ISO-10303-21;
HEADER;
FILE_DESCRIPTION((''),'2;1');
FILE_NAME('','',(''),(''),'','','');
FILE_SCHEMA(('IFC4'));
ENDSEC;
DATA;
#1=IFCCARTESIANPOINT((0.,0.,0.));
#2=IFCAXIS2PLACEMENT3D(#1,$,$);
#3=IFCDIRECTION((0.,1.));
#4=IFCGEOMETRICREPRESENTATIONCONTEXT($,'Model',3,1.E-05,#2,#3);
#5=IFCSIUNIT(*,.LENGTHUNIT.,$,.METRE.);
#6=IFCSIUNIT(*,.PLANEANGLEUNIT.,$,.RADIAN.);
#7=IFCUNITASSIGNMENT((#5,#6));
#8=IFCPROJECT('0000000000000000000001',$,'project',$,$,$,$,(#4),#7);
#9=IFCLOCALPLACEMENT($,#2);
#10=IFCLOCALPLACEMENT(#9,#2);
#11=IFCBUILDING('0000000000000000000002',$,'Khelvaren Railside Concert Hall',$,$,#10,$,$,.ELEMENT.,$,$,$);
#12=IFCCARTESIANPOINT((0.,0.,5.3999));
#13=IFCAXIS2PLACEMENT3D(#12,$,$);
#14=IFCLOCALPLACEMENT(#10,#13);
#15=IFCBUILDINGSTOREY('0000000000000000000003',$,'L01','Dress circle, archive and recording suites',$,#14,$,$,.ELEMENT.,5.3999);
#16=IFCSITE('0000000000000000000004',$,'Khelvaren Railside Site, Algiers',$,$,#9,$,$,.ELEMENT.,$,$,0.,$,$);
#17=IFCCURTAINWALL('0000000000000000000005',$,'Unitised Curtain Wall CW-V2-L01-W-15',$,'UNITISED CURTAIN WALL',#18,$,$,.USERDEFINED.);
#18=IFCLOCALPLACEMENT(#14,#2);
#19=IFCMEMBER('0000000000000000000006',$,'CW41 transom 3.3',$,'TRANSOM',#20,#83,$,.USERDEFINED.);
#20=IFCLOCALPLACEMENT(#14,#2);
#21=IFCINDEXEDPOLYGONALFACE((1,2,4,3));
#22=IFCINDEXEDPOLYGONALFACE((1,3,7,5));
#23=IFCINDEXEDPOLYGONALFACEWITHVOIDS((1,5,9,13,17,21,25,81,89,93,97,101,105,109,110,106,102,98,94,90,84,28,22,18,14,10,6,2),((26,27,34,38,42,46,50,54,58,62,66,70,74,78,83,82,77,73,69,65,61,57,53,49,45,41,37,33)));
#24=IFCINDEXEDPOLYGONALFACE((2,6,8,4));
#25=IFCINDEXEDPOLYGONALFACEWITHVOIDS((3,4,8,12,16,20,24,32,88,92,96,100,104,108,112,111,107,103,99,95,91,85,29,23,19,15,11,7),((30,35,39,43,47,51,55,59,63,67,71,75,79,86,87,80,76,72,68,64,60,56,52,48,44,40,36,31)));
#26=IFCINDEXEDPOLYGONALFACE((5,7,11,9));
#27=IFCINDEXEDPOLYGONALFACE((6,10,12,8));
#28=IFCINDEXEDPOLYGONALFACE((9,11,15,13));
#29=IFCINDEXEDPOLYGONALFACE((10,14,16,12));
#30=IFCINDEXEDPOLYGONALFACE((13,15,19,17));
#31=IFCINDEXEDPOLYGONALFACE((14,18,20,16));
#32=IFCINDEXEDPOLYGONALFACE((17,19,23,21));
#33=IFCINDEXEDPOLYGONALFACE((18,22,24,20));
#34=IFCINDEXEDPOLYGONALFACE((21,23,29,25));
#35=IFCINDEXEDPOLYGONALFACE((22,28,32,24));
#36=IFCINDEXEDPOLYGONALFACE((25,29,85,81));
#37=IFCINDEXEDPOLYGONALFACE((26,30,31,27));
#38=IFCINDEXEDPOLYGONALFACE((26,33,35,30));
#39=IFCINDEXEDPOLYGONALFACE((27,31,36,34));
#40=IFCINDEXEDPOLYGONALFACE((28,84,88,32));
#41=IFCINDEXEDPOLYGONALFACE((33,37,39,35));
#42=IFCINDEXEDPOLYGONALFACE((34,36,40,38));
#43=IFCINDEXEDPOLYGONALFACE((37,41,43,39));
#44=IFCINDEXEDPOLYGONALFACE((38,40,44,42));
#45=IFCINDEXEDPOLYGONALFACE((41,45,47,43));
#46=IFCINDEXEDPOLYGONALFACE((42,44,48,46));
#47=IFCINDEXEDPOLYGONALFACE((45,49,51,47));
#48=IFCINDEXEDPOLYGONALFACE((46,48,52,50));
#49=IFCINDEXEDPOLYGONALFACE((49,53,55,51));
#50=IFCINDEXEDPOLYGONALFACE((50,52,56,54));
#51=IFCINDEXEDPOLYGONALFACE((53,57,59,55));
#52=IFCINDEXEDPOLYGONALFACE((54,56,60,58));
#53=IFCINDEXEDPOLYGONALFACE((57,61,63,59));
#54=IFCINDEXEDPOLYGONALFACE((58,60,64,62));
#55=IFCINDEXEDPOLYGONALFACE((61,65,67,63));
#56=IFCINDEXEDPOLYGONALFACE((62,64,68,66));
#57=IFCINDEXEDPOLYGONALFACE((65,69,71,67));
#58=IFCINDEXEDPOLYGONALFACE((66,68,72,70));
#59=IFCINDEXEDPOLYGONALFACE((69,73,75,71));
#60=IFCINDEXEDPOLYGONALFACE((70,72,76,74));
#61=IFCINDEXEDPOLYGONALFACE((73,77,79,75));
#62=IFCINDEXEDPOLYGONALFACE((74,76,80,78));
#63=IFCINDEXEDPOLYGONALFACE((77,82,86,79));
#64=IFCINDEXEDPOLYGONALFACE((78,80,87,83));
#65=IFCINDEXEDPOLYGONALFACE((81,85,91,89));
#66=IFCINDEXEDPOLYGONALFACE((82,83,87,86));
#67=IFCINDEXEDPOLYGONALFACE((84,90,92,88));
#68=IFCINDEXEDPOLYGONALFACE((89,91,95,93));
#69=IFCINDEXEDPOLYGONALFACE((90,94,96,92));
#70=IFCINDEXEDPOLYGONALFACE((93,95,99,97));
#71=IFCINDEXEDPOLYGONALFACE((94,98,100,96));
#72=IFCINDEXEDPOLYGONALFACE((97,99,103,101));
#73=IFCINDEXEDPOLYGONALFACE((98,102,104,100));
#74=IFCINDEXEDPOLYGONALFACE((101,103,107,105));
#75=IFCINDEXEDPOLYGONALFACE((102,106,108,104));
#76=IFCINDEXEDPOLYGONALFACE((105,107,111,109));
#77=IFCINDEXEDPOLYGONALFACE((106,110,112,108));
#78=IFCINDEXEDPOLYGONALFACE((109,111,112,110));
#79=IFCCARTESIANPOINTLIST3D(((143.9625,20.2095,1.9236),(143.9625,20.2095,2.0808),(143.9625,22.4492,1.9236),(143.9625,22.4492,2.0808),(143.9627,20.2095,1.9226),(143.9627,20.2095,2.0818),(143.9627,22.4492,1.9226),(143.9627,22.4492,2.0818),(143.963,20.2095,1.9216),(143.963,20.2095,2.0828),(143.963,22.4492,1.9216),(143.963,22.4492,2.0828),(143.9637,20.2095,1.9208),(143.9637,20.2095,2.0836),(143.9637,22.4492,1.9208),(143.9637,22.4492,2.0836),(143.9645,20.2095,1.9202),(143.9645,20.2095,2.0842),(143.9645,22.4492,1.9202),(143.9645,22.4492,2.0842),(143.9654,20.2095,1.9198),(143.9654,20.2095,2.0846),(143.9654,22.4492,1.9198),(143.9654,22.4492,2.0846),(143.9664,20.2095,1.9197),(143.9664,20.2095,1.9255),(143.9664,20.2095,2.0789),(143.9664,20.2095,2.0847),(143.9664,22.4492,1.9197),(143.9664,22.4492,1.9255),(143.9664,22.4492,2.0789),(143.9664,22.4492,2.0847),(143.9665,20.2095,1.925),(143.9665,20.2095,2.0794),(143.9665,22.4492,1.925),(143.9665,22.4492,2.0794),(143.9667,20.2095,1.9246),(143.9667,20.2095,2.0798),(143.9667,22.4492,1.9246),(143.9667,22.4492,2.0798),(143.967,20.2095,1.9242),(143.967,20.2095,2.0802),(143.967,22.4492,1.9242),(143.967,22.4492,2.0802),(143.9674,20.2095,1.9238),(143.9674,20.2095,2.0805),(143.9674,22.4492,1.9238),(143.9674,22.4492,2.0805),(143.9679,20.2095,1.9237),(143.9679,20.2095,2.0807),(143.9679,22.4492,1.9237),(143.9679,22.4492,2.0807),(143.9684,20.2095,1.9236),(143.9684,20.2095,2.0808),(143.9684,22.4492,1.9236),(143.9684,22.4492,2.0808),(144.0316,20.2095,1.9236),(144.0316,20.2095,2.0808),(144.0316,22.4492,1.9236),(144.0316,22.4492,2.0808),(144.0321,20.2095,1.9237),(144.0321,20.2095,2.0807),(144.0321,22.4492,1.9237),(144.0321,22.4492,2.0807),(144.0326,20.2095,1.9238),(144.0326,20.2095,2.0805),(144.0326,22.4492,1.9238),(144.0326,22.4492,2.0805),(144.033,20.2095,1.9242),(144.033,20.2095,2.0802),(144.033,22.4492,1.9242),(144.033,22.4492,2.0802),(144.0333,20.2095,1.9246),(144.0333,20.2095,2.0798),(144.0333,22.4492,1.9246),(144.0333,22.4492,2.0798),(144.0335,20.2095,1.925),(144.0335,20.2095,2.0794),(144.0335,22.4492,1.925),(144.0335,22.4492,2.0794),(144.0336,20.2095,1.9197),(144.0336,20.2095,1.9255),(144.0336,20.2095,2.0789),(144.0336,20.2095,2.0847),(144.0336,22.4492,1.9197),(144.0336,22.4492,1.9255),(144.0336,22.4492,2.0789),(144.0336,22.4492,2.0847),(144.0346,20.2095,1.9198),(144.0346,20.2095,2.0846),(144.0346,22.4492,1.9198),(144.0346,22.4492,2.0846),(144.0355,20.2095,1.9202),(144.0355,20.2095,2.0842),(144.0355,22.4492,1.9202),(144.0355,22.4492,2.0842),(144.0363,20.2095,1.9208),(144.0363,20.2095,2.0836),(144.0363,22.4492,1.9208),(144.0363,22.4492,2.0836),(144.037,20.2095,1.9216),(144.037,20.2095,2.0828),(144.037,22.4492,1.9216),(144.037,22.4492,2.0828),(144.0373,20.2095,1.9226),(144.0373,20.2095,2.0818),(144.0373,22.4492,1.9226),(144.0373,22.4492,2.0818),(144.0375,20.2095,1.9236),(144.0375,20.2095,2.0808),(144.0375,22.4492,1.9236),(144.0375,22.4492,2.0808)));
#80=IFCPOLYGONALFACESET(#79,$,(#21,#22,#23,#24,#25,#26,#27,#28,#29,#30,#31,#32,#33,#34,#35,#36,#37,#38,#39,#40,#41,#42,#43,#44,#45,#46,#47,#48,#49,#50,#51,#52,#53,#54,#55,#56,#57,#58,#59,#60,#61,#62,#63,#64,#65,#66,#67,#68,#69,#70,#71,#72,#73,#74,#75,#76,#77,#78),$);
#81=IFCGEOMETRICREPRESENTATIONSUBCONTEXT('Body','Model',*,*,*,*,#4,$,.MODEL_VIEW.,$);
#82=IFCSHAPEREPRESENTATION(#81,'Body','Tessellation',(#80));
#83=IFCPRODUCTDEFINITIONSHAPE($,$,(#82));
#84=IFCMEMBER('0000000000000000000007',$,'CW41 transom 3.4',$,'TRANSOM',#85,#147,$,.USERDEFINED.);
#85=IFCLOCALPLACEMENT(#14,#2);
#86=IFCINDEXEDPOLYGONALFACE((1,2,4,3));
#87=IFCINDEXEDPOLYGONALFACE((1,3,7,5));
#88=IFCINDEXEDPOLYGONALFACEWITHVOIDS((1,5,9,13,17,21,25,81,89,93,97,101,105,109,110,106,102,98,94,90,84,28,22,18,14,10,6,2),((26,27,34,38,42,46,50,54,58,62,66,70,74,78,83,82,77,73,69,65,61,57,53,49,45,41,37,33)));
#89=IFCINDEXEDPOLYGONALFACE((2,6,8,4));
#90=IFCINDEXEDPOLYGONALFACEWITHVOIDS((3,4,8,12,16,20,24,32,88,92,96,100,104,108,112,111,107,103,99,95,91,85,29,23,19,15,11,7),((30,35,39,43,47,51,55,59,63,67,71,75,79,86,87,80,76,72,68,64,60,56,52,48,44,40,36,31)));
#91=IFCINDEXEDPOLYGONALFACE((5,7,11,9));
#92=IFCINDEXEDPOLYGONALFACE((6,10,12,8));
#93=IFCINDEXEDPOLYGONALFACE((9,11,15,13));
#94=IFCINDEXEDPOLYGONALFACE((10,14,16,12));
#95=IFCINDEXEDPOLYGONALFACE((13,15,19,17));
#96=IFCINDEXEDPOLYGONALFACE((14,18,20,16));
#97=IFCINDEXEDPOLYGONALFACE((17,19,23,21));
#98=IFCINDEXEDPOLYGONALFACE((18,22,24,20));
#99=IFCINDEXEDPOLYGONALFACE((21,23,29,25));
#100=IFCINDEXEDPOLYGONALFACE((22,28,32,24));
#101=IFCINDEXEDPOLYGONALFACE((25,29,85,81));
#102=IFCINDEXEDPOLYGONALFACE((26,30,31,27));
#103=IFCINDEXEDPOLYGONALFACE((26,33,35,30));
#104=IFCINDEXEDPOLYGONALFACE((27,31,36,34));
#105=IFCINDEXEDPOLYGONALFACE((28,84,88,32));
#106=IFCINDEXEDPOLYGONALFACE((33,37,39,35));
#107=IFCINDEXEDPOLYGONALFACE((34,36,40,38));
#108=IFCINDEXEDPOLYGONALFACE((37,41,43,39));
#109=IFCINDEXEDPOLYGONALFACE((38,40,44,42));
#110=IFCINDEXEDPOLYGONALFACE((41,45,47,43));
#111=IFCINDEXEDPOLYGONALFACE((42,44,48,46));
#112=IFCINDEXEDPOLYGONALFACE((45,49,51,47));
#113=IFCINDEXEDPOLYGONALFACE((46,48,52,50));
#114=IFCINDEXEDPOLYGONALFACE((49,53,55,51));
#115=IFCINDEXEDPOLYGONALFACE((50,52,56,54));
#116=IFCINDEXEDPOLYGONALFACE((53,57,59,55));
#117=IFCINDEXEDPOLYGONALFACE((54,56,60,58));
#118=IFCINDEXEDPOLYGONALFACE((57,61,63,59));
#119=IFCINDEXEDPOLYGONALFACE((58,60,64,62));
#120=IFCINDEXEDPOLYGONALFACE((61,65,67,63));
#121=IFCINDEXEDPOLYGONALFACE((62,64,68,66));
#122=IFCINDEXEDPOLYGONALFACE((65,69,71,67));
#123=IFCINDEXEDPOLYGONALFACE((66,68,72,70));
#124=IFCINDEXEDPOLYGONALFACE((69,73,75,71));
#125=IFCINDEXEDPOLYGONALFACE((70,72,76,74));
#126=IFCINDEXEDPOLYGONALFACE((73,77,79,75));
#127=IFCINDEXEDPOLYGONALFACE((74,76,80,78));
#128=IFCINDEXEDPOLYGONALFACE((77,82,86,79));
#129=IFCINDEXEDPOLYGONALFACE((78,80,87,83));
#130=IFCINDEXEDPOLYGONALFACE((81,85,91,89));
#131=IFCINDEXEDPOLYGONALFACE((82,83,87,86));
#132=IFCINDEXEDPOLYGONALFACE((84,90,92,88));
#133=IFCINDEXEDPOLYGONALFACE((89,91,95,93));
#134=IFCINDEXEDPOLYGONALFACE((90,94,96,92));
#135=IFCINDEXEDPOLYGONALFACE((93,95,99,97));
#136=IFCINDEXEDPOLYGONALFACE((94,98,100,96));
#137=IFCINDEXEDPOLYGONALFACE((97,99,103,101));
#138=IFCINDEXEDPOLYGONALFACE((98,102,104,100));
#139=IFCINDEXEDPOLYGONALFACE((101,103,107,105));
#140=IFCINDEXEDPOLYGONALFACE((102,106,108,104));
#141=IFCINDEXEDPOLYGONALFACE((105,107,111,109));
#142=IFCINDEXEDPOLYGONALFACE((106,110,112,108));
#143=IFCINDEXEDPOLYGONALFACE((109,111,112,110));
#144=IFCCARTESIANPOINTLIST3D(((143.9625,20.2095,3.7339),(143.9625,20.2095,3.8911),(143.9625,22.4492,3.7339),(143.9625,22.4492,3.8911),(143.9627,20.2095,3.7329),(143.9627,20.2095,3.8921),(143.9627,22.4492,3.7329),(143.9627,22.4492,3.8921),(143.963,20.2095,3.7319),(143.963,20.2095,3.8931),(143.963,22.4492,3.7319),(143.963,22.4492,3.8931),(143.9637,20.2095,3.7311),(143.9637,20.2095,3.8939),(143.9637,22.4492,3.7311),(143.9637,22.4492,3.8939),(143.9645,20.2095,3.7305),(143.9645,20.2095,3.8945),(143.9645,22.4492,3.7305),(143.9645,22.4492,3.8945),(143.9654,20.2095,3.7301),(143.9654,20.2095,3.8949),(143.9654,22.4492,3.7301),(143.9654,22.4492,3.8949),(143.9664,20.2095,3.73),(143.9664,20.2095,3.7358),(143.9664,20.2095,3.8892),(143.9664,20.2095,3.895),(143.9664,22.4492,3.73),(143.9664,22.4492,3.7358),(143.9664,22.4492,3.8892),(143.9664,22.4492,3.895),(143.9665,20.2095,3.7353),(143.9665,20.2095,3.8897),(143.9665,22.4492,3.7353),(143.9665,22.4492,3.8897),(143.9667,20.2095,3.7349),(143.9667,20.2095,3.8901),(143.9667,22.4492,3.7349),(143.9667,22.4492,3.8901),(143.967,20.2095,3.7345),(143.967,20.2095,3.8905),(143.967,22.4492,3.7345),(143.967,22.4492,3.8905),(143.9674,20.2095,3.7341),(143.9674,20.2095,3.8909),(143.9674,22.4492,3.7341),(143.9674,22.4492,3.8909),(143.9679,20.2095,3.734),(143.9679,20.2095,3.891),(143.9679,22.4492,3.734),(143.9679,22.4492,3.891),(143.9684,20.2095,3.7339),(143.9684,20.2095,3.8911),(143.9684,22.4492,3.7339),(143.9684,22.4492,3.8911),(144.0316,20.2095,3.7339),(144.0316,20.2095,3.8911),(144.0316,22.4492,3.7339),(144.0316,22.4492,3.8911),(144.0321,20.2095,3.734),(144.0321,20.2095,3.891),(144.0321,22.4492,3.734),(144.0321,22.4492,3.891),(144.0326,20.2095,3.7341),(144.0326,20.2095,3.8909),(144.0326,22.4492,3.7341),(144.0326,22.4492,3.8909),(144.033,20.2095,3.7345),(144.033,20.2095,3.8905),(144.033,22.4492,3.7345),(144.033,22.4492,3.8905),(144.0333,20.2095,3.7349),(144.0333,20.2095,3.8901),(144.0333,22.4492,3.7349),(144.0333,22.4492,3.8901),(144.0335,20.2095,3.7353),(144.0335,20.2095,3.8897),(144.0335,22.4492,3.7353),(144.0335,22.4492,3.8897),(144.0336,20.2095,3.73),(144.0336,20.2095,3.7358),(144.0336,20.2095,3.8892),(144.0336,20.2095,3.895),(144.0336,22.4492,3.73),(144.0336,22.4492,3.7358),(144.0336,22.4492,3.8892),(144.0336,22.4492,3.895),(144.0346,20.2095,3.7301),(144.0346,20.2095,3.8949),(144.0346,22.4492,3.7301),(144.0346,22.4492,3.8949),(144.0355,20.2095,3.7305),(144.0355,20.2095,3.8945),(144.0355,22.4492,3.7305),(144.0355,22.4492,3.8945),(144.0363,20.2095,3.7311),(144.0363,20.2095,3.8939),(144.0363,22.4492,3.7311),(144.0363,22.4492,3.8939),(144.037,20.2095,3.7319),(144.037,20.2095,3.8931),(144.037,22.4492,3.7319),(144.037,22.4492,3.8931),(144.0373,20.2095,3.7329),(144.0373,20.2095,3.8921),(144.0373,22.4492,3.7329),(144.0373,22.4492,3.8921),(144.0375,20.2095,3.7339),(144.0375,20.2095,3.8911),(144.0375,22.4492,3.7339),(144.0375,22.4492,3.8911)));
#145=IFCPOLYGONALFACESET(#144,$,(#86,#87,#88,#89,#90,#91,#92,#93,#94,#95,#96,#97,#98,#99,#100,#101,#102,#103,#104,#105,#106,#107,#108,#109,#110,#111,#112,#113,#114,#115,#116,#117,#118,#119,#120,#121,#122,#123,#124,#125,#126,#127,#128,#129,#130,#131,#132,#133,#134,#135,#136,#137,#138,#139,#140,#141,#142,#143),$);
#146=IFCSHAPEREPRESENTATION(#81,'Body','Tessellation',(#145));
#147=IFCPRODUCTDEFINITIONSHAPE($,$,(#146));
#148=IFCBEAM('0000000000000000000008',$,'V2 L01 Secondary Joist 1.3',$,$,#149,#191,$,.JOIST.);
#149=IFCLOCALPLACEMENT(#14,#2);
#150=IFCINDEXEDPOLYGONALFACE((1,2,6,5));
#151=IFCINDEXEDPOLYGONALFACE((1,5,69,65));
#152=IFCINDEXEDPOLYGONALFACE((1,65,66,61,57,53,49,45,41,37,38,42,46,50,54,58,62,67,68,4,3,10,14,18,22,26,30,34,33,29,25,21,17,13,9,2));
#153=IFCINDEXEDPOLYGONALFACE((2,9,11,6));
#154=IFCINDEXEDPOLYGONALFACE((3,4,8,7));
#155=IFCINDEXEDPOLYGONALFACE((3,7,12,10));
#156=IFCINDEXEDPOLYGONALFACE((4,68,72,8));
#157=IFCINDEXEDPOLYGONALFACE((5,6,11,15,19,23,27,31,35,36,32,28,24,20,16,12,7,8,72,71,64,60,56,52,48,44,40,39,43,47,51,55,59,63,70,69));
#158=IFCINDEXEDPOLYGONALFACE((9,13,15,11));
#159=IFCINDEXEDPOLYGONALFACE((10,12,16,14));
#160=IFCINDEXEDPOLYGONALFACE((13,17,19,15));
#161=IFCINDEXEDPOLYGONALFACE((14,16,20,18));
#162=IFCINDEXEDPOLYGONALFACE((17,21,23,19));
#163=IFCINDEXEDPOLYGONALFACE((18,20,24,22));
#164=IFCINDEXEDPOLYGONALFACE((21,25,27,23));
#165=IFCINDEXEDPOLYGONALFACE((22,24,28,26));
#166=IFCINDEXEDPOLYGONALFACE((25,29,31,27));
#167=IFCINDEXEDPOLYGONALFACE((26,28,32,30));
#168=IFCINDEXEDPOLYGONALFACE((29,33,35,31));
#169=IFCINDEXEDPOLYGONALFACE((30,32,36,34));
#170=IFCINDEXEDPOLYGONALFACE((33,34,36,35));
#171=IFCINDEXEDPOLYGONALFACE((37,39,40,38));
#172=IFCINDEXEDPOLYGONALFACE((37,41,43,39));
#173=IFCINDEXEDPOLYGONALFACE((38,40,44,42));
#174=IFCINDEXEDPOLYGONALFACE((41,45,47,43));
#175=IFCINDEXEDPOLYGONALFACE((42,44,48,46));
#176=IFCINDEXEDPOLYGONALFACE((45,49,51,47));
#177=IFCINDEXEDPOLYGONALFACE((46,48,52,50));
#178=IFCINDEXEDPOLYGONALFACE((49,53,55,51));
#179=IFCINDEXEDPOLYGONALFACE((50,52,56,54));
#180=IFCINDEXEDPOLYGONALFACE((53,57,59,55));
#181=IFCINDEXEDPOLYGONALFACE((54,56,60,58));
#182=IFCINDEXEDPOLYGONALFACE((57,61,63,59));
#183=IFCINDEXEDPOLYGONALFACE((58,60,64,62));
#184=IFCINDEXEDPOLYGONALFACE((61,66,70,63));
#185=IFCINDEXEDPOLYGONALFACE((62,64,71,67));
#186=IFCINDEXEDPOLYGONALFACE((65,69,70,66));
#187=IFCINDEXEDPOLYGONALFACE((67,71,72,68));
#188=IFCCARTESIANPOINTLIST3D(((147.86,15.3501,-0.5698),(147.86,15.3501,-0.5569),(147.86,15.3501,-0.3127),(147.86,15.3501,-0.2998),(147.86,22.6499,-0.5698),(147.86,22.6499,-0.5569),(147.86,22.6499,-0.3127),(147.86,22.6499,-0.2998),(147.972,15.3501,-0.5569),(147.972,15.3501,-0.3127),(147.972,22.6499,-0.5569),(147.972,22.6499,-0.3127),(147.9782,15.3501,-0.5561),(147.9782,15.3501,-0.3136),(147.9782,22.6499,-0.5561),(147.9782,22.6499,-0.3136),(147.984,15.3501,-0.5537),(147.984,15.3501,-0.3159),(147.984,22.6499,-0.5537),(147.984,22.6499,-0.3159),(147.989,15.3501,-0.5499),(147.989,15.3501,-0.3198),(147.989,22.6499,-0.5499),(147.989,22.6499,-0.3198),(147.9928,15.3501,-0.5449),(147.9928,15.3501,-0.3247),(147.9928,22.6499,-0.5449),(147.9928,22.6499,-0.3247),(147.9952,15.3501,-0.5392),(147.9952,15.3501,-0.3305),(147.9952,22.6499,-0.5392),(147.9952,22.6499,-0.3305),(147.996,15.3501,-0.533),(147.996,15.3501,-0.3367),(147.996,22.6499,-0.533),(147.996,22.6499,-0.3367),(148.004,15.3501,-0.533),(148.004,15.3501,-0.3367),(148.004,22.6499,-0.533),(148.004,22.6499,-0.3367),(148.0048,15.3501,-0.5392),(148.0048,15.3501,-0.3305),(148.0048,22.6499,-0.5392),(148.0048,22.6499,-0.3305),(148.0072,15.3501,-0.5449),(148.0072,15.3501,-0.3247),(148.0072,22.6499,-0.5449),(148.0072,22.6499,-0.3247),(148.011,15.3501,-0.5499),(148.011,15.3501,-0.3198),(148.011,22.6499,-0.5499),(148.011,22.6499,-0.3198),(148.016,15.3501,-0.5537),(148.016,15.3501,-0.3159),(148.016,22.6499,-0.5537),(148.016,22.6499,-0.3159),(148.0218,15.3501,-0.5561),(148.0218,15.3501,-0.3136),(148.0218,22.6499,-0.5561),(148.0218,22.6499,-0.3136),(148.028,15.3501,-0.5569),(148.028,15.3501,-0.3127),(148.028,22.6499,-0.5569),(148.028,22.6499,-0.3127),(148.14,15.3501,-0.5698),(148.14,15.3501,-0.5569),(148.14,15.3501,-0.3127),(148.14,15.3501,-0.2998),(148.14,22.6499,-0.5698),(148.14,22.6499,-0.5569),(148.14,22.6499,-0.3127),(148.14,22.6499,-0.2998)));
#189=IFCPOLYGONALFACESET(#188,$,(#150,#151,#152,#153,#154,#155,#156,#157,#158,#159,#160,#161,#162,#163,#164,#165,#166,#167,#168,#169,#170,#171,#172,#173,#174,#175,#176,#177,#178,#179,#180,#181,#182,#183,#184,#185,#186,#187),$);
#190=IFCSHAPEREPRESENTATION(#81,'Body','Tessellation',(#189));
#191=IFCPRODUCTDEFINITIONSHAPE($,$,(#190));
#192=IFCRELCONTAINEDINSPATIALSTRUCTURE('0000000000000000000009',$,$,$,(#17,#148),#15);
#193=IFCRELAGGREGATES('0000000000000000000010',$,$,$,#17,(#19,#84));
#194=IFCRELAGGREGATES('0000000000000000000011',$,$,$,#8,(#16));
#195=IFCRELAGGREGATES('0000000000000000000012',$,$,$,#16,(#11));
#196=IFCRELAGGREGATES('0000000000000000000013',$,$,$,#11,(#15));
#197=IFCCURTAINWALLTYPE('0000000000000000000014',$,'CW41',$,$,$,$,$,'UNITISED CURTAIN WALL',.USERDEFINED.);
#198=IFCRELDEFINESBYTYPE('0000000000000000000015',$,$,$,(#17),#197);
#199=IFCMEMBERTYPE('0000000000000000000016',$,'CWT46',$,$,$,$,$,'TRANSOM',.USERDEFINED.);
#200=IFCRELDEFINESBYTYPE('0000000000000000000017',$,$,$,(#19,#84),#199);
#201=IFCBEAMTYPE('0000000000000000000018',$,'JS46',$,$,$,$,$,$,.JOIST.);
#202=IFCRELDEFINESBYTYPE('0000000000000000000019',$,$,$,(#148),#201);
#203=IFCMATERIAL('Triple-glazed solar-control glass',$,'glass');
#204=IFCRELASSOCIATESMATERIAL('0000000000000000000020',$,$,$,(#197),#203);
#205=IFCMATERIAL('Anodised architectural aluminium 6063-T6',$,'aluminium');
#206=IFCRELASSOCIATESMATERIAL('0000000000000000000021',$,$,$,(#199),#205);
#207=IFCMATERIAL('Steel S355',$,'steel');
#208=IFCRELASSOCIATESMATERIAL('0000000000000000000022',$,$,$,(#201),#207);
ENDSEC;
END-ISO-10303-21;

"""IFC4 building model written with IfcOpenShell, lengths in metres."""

from ifc_helpers import new_model, si_unit, direction, frame, origin, origin_2d, place, context, subcontext, project, spatial, hollow_rectangle, i_section, extrude, material, material_profile, profile_set, type_object, element, aggregate, save


model = new_model("IFC4")

# Units and contexts
model_context = context("Model", 3, precision=1e-05, world=origin(), true_north=direction((0.0, 1.0)))
body_context = subcontext(model_context, "Body", "Model", "MODEL_VIEW")
ifc_project = project(units=[si_unit("LENGTHUNIT", "METRE"), si_unit("PLANEANGLEUNIT", "RADIAN")], contexts=[model_context])

# Site, building, storey
site_placement = place(None, origin())
site = spatial("IfcSite", under=ifc_project, at=site_placement, Name="Khelvaren Railside Site, Algiers", CompositionType="ELEMENT", RefElevation=0.0)
building_placement = place(site_placement, origin())
building = spatial("IfcBuilding", under=site, at=building_placement, Name="Khelvaren Railside Concert Hall", CompositionType="ELEMENT")
storey_placement = place(building_placement, frame((0.0, 0.0, 5.3999)))
storey = spatial("IfcBuildingStorey", under=building, at=storey_placement, Name="L01", Description="Dress circle, archive and recording suites", CompositionType="ELEMENT", Elevation=5.3999)

# Shared definitions
ifc_material_1 = material(Name="Steel S355", Category="steel")

# Curtain wall, members
ifc_material_2 = material(Name="Triple-glazed solar-control glass", Category="glass")
curtain_wall_type = type_object("IfcCurtainWallType", Name="CW41", ElementType="UNITISED CURTAIN WALL", PredefinedType="USERDEFINED", material=ifc_material_2)
curtain_wall_placement = place(storey_placement, origin())
curtain_wall = element("IfcCurtainWall", 1, at=curtain_wall_placement, inside=storey, type_object=curtain_wall_type, Name="Unitised Curtain Wall CW-V2-L01-W-15", ObjectType="UNITISED CURTAIN WALL", PredefinedType="USERDEFINED")
ifc_material_3 = material(Name="Anodised architectural aluminium 6063-T6", Category="aluminium")
ifc_material_profile_1 = material_profile(ifc_material_3, hollow_rectangle(XDim=0.075, YDim=0.165, WallThickness=0.0039, InnerFilletRadius=0.002, OuterFilletRadius=0.0039, at=origin_2d()), Name="CWT 75x165x4")
ifc_profile_set_1 = profile_set([ifc_material_profile_1], Name="Anodised architectural aluminium 6063-T6")
member_type_1 = type_object("IfcMemberType", Name="CWT46", ElementType="TRANSOM", PredefinedType="USERDEFINED", material=ifc_profile_set_1)
member_1_placement = place(storey_placement, frame((144.0, 20.2095, 2.0022), z_axis=(0.0, 1.0, 0.0), x_axis=(-1.0, 0.0, 0.0)))
member_1 = element("IfcMember", 2, at=member_1_placement, type_object=member_type_1, Name="CW41 transom 3.3", ObjectType="TRANSOM", PredefinedType="USERDEFINED", context=body_context, shape_type="SweptSolid", body=[
    extrude(hollow_rectangle(XDim=0.075, YDim=0.165, WallThickness=0.0039, InnerFilletRadius=0.002, OuterFilletRadius=0.0039, at=origin_2d()), origin(), (0.0, 0.0, 1.0), 2.2397),
])
member_2_placement = place(storey_placement, frame((144.0, 20.2095, 3.8125), z_axis=(0.0, 1.0, 0.0), x_axis=(-1.0, 0.0, 0.0)))
member_2 = element("IfcMember", 3, at=member_2_placement, type_object=member_type_1, Name="CW41 transom 3.4", ObjectType="TRANSOM", PredefinedType="USERDEFINED", context=body_context, shape_type="SweptSolid", body=[
    extrude(hollow_rectangle(XDim=0.075, YDim=0.165, WallThickness=0.0039, InnerFilletRadius=0.002, OuterFilletRadius=0.0039, at=origin_2d()), origin(), (0.0, 0.0, 1.0), 2.2397),
])

# Beam
ifc_material_profile_2 = material_profile(ifc_material_1, i_section(OverallWidth=0.28, OverallDepth=0.27, WebThickness=0.0081, FlangeThickness=0.0129, FilletRadius=0.0239, at=origin_2d()), Name="HEA 280")
ifc_profile_set_2 = profile_set([ifc_material_profile_2], Name="Steel S355")
beam_type_1 = type_object("IfcBeamType", Name="JS46", PredefinedType="JOIST", material=ifc_profile_set_2)
beam_1_placement = place(storey_placement, frame((148.0, 15.3501, -0.4348), z_axis=(0.0, 1.0, 0.0), x_axis=(-1.0, 0.0, 0.0)))
element("IfcBeam", 4, at=beam_1_placement, inside=storey, type_object=beam_type_1, Name="V2 L01 Secondary Joist 1.3", PredefinedType="JOIST", context=body_context, shape_type="SweptSolid", body=[
    extrude(i_section(OverallWidth=0.28, OverallDepth=0.27, WebThickness=0.0081, FlangeThickness=0.0129, FilletRadius=0.0239, at=origin_2d()), origin(), (0.0, 0.0, 1.0), 7.2998),
])

aggregate(curtain_wall, [member_1, member_2])

save(model, "model.ifc")
